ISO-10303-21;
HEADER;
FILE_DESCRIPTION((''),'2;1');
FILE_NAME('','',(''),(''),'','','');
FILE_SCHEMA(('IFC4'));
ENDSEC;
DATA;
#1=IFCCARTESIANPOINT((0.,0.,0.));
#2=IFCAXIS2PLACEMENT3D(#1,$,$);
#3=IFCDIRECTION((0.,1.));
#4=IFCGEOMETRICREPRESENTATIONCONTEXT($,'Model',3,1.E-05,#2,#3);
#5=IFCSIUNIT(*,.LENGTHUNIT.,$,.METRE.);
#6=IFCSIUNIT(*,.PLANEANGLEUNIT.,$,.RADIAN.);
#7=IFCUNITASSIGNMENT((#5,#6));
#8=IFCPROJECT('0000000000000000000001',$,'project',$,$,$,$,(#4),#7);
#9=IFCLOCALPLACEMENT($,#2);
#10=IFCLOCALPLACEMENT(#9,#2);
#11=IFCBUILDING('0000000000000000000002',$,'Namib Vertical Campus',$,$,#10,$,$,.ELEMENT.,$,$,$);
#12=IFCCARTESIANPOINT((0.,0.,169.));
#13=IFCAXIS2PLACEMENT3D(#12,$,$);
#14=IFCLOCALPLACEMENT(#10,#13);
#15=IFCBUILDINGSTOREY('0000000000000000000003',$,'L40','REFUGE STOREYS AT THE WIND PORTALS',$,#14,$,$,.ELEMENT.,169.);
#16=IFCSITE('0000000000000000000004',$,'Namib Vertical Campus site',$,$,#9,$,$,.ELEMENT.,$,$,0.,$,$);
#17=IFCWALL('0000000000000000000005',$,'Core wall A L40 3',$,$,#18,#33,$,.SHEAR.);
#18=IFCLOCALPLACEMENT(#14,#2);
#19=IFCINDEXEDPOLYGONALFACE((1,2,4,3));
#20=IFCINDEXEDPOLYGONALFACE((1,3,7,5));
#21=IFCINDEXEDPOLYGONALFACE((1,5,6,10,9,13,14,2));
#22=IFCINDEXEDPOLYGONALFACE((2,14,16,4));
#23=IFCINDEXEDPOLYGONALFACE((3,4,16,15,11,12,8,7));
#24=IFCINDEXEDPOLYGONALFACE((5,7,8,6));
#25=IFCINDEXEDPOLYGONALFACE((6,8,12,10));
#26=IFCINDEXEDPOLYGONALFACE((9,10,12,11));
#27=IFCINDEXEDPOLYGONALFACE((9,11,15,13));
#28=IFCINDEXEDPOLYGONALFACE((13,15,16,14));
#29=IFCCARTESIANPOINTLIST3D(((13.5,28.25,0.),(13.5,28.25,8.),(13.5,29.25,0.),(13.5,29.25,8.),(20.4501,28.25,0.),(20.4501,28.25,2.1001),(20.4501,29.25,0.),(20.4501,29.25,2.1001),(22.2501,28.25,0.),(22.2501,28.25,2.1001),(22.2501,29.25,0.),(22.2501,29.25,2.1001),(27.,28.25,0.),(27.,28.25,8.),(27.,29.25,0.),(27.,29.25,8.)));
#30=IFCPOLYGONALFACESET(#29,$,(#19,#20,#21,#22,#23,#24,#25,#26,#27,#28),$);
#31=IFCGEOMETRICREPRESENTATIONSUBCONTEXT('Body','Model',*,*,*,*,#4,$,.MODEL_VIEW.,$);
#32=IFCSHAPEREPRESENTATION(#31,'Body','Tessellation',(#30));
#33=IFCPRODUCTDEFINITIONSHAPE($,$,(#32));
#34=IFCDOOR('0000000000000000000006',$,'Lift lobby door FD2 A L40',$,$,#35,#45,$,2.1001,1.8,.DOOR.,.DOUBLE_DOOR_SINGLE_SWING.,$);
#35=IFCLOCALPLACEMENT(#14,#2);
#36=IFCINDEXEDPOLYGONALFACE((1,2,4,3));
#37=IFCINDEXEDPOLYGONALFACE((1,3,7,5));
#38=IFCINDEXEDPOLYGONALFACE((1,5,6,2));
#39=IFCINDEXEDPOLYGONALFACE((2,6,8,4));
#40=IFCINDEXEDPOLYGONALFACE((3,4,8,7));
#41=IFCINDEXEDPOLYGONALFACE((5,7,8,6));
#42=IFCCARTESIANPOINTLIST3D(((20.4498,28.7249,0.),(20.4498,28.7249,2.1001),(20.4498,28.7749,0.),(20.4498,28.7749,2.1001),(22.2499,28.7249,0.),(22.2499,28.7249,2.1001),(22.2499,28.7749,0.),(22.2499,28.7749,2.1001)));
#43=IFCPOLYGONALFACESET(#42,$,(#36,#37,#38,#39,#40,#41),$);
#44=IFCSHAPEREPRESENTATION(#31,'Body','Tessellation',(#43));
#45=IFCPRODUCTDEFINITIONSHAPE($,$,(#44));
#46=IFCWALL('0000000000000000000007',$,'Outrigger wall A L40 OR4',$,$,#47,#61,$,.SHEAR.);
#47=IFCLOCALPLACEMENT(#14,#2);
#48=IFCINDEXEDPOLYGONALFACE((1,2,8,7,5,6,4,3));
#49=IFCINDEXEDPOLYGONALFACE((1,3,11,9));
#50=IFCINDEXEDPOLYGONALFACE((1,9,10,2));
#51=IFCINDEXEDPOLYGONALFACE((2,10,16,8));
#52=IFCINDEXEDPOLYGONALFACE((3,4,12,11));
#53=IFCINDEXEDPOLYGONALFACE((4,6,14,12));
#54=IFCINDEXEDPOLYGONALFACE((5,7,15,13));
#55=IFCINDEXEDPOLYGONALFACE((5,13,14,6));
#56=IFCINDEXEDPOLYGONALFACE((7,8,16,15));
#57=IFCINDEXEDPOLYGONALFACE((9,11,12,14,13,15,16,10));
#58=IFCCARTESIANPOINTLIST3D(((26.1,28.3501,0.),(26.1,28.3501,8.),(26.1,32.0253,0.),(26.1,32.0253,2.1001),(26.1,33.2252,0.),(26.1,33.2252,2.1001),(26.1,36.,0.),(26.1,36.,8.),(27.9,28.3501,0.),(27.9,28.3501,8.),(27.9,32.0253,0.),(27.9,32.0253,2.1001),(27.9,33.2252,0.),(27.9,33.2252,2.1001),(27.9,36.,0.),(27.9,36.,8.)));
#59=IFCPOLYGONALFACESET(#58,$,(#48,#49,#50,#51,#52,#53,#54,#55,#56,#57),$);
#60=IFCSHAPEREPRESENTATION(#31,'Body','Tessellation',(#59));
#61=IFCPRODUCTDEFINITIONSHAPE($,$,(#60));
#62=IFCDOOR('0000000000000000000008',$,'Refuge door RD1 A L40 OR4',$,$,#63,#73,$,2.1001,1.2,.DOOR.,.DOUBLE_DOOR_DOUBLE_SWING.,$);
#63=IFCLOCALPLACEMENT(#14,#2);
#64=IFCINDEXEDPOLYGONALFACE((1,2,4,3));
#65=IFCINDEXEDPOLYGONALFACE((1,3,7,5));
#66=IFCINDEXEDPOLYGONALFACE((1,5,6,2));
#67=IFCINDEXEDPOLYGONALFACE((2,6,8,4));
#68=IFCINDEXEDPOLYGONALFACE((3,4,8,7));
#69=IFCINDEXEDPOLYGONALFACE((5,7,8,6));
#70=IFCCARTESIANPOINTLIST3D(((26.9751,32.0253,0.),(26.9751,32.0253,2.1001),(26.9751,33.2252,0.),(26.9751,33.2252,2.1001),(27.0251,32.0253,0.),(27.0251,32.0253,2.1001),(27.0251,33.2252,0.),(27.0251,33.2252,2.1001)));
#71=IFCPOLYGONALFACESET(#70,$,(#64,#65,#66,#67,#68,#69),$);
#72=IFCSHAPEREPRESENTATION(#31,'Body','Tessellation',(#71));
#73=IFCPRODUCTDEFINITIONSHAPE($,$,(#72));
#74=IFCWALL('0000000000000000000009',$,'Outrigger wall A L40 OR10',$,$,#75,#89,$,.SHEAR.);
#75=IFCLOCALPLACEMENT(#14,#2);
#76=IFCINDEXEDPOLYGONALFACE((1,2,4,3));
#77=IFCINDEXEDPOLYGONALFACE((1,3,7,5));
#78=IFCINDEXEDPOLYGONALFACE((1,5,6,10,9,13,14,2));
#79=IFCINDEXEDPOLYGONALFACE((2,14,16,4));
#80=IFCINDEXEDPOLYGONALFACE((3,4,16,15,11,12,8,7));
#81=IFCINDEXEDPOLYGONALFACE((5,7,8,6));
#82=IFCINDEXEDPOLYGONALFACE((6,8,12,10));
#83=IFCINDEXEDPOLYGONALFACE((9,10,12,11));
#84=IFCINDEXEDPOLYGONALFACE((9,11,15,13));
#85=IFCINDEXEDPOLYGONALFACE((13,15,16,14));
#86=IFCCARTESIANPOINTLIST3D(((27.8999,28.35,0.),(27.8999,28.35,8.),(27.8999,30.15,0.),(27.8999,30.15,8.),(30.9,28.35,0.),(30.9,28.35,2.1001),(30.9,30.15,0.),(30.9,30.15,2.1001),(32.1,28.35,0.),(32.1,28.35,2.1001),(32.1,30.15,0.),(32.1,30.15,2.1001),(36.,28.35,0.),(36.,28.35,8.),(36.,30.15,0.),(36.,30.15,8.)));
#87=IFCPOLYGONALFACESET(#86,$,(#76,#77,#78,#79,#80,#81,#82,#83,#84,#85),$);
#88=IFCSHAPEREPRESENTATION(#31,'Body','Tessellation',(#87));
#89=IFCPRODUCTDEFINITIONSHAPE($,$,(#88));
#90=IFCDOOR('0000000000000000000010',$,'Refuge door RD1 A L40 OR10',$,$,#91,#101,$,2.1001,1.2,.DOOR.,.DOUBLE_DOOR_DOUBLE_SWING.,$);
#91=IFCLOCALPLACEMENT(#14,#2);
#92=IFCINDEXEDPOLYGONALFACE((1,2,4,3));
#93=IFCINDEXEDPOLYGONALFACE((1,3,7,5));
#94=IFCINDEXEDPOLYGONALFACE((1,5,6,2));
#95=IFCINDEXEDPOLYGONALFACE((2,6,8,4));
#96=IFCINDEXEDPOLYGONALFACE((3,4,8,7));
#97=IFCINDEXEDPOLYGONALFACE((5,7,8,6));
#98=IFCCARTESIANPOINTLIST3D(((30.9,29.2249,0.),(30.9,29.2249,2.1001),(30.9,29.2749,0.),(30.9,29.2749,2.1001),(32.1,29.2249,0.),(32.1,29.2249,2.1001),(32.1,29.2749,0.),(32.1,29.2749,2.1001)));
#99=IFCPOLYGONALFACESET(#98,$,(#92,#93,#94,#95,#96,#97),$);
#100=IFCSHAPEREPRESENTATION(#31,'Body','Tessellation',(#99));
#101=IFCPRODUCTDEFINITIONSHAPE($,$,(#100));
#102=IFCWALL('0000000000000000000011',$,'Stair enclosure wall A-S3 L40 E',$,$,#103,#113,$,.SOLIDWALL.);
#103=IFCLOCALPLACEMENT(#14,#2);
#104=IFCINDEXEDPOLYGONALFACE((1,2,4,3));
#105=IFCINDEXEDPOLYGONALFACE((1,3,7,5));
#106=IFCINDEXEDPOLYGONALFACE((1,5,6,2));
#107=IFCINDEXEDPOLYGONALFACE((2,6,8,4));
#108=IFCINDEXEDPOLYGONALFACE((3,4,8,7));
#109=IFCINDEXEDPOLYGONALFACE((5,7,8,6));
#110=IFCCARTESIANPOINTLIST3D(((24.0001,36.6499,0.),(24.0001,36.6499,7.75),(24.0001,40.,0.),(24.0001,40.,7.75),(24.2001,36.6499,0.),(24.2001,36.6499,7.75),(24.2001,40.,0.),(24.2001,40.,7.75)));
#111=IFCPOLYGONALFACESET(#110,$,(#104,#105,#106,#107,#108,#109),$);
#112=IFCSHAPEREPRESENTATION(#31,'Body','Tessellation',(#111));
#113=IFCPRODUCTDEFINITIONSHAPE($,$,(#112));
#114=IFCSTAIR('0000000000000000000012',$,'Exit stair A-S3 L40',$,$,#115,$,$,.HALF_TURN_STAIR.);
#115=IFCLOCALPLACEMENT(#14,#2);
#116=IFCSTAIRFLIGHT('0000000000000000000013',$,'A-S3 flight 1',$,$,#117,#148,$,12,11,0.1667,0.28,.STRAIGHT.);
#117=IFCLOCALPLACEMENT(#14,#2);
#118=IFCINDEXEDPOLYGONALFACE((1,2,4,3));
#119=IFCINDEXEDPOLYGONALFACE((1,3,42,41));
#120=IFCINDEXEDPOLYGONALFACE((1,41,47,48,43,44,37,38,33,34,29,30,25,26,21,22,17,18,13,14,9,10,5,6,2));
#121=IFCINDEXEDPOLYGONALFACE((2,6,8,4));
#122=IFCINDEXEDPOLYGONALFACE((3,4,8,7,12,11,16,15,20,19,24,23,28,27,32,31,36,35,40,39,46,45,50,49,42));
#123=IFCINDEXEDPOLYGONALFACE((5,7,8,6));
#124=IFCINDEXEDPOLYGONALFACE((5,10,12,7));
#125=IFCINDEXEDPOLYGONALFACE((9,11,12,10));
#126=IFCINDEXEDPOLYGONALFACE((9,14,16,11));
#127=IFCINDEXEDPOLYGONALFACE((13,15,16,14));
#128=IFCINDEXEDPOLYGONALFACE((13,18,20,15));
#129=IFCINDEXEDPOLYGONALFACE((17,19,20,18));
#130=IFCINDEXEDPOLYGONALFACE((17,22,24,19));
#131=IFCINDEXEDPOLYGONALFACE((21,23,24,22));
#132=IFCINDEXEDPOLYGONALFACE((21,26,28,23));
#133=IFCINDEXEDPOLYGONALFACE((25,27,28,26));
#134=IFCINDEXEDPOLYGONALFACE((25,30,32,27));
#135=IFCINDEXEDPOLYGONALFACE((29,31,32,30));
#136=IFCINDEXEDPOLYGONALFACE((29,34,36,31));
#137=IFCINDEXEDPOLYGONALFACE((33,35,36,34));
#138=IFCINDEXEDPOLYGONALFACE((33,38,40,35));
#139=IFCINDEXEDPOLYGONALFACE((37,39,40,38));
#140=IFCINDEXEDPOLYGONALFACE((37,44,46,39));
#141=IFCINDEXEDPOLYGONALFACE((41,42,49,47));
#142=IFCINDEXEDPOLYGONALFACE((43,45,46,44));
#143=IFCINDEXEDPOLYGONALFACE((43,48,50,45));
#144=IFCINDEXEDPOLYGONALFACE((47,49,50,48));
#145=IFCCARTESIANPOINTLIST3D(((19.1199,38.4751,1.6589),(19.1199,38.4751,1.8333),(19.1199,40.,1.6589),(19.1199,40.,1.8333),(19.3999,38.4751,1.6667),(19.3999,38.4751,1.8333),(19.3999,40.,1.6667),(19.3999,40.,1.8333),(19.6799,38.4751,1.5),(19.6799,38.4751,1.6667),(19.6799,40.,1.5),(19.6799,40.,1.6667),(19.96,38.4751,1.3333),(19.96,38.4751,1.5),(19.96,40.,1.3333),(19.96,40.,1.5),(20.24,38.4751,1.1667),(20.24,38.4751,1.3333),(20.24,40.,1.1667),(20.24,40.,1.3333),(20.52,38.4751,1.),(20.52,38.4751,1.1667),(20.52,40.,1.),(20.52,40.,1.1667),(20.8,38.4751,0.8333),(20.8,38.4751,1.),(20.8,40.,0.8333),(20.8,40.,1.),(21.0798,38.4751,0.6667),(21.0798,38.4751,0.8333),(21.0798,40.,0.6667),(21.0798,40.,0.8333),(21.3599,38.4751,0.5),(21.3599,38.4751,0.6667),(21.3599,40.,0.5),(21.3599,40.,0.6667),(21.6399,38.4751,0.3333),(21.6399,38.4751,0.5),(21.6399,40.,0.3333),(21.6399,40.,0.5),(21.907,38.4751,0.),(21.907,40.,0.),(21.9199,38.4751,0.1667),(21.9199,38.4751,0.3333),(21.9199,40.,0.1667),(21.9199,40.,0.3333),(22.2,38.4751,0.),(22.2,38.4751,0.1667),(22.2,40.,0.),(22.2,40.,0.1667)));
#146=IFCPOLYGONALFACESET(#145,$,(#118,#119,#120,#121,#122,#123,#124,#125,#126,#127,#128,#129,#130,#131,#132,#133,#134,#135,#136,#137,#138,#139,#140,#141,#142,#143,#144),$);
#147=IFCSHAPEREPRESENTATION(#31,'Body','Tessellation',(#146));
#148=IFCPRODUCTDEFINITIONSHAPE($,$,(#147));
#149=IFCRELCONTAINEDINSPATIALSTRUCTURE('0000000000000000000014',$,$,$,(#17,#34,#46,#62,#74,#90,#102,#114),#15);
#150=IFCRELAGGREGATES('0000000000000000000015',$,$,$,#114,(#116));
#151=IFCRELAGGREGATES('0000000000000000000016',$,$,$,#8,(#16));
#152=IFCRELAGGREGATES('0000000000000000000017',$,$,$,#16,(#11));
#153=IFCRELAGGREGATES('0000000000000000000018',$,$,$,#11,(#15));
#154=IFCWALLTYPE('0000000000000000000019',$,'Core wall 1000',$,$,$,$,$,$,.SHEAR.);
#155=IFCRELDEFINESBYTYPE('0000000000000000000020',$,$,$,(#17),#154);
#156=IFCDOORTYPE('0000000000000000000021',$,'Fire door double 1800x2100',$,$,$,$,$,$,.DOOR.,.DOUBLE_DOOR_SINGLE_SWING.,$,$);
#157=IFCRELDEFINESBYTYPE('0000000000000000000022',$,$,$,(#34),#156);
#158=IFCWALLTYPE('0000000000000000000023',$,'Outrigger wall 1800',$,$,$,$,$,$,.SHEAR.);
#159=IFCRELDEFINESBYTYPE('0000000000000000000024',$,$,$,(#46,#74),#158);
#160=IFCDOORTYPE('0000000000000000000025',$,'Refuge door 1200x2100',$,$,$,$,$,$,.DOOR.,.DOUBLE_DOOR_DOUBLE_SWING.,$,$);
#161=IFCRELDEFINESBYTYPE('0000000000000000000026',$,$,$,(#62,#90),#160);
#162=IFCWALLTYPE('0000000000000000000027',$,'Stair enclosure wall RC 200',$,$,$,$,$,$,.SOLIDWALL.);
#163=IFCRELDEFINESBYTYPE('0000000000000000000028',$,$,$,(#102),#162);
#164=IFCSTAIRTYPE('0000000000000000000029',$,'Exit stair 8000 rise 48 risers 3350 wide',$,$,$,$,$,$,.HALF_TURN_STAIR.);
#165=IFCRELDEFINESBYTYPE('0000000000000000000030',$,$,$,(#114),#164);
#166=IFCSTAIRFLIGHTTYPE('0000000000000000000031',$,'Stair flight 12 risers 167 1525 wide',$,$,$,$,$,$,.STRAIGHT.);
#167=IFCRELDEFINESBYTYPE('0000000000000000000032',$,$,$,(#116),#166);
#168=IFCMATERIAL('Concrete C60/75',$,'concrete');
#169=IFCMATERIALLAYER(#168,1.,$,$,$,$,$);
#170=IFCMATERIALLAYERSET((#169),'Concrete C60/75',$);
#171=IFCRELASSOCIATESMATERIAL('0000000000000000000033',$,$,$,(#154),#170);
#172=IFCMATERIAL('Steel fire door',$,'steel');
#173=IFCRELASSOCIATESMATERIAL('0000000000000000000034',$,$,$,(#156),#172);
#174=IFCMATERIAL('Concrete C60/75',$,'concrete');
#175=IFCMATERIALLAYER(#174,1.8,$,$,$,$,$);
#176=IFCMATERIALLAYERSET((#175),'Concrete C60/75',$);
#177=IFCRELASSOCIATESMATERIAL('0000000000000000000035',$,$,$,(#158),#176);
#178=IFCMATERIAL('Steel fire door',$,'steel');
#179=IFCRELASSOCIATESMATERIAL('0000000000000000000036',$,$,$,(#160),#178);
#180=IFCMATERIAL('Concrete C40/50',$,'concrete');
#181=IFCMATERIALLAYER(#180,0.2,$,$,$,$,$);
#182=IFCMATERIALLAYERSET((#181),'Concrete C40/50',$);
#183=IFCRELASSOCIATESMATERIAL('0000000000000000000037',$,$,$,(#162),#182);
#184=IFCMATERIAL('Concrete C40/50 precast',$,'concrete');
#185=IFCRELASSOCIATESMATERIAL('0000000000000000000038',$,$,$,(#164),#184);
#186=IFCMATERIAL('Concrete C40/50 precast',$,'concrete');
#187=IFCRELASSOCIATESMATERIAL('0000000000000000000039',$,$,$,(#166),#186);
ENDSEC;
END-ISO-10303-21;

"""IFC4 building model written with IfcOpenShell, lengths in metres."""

from ifc_helpers import new_model, si_unit, direction, frame, frame_2d, origin, place, context, subcontext, project, spatial, polyline, rectangle, outline, extrude, material, layer, layer_set, type_object, element, fill, aggregate, save


model = new_model("IFC4")

# Units and contexts
model_context = context("Model", 3, precision=1e-05, world=origin(), true_north=direction((0.0, 1.0)))
body_context = subcontext(model_context, "Body", "Model", "MODEL_VIEW")
ifc_project = project(units=[si_unit("LENGTHUNIT", "METRE"), si_unit("PLANEANGLEUNIT", "RADIAN")], contexts=[model_context])

# Site, building, storey
site_placement = place(None, origin())
site = spatial("IfcSite", under=ifc_project, at=site_placement, Name="Namib Vertical Campus site", CompositionType="ELEMENT", RefElevation=0.0)
building_placement = place(site_placement, origin())
building = spatial("IfcBuilding", under=site, at=building_placement, Name="Namib Vertical Campus", CompositionType="ELEMENT")
storey_placement = place(building_placement, frame((0.0, 0.0, 169.0)))
storey = spatial("IfcBuildingStorey", under=building, at=storey_placement, Name="L40", Description="REFUGE STOREYS AT THE WIND PORTALS", CompositionType="ELEMENT", Elevation=169.0)

# Walls, openings, doors
ifc_material_1 = material(Name="Concrete C60/75", Category="concrete")
ifc_layer_1 = layer(ifc_material_1, 1.0)
ifc_layer_set_1 = layer_set([ifc_layer_1], Name="Concrete C60/75")
wall_type_1 = type_object("IfcWallType", Name="Core wall 1000", PredefinedType="SHEAR", material=ifc_layer_set_1)
wall_1_placement = place(storey_placement, frame((27.0, 28.75, 0.0), z_axis=(0.0, 0.0, 1.0), x_axis=(-1.0, 0.0, 0.0)))
wall_1 = element("IfcWall", 1, at=wall_1_placement, inside=storey, type_object=wall_type_1, Name="Core wall A L40 3", PredefinedType="SHEAR", context=body_context, shape_type="SweptSolid", body=[
    extrude(rectangle(XDim=13.5, YDim=1.0, at=frame_2d((6.75, 0.0))), origin(), (0.0, 0.0, 1.0), 8.0),
])
opening_1_placement = place(wall_1_placement, frame((4.75, 0.0, 0.0)))
opening_1 = element("IfcOpeningElement", 2, at=opening_1_placement, cuts=wall_1, PredefinedType="OPENING", context=body_context, shape_type="SweptSolid", body=[
    extrude(rectangle(XDim=1.8, YDim=2.1001, at=frame_2d((0.8999, 1.05))), frame((0.0, 0.51, 0.0), z_axis=(0.0, -1.0, 0.0), x_axis=(1.0, 0.0, 0.0)), (0.0, 0.0, 1.0), 1.02),
])
ifc_material_2 = material(Name="Steel fire door", Category="steel")
door_type_1 = type_object("IfcDoorType", Name="Fire door double 1800x2100", OperationType="DOUBLE_DOOR_SINGLE_SWING", PredefinedType="DOOR", material=ifc_material_2)
door_1_placement = place(opening_1_placement, frame((1.8, 0.0, 0.0), z_axis=(0.0, 0.0, 1.0), x_axis=(-1.0, 0.0, 0.0)))
door_1 = element("IfcDoor", 3, at=door_1_placement, inside=storey, type_object=door_type_1, Name="Lift lobby door FD2 A L40", OperationType="DOUBLE_DOOR_SINGLE_SWING", OverallHeight=2.1001, OverallWidth=1.8, PredefinedType="DOOR", context=body_context, shape_type="SweptSolid", body=[
    extrude(rectangle(XDim=1.8, YDim=2.1001, at=frame_2d((0.8999, 1.05))), frame((0.0, 0.0249, 0.0), z_axis=(0.0, -1.0, 0.0), x_axis=(1.0, 0.0, 0.0)), (0.0, 0.0, 1.0), 0.05),
])
fill(opening_1, door_1)
ifc_material_3 = material(Name="Concrete C60/75", Category="concrete")
ifc_layer_2 = layer(ifc_material_3, 1.8)
ifc_layer_set_2 = layer_set([ifc_layer_2], Name="Concrete C60/75")
wall_type_2 = type_object("IfcWallType", Name="Outrigger wall 1800", PredefinedType="SHEAR", material=ifc_layer_set_2)
wall_2_placement = place(storey_placement, frame((27.0, 28.3501, 0.0), z_axis=(0.0, 0.0, 1.0), x_axis=(0.0, 1.0, 0.0)))
wall_2 = element("IfcWall", 4, at=wall_2_placement, inside=storey, type_object=wall_type_2, Name="Outrigger wall A L40 OR4", PredefinedType="SHEAR", context=body_context, shape_type="SweptSolid", body=[
    extrude(rectangle(XDim=7.6499, YDim=1.8, at=frame_2d((3.825, 0.0))), origin(), (0.0, 0.0, 1.0), 8.0),
])
opening_2_placement = place(wall_2_placement, frame((3.675, 0.0, 0.0)))
opening_2 = element("IfcOpeningElement", 5, at=opening_2_placement, cuts=wall_2, PredefinedType="OPENING", context=body_context, shape_type="SweptSolid", body=[
    extrude(rectangle(XDim=1.2, YDim=2.1001, at=frame_2d((0.6001, 1.05))), frame((0.0, 0.9099, 0.0), z_axis=(0.0, -1.0, 0.0), x_axis=(1.0, 0.0, 0.0)), (0.0, 0.0, 1.0), 1.8201),
])
ifc_material_4 = material(Name="Steel fire door", Category="steel")
door_type_2 = type_object("IfcDoorType", Name="Refuge door 1200x2100", OperationType="DOUBLE_DOOR_DOUBLE_SWING", PredefinedType="DOOR", material=ifc_material_4)
door_2_placement = place(opening_2_placement, origin())
door_2 = element("IfcDoor", 6, at=door_2_placement, inside=storey, type_object=door_type_2, Name="Refuge door RD1 A L40 OR4", OperationType="DOUBLE_DOOR_DOUBLE_SWING", OverallHeight=2.1001, OverallWidth=1.2, PredefinedType="DOOR", context=body_context, shape_type="SweptSolid", body=[
    extrude(rectangle(XDim=1.2, YDim=2.1001, at=frame_2d((0.6001, 1.05))), frame((0.0, 0.0249, 0.0), z_axis=(0.0, -1.0, 0.0), x_axis=(1.0, 0.0, 0.0)), (0.0, 0.0, 1.0), 0.05),
])
fill(opening_2, door_2)
wall_3_placement = place(storey_placement, frame((27.8999, 29.25, 0.0), z_axis=(0.0, 0.0, 1.0), x_axis=(1.0, 0.0, 0.0)))
wall_3 = element("IfcWall", 7, at=wall_3_placement, inside=storey, type_object=wall_type_2, Name="Outrigger wall A L40 OR10", PredefinedType="SHEAR", context=body_context, shape_type="SweptSolid", body=[
    extrude(rectangle(XDim=8.1001, YDim=1.8, at=frame_2d((4.05, 0.0))), origin(), (0.0, 0.0, 1.0), 8.0),
])
opening_3_placement = place(wall_3_placement, frame((3.0, 0.0, 0.0)))
opening_3 = element("IfcOpeningElement", 8, at=opening_3_placement, cuts=wall_3, PredefinedType="OPENING", context=body_context, shape_type="SweptSolid", body=[
    extrude(rectangle(XDim=1.2, YDim=2.1001, at=frame_2d((0.6001, 1.05))), frame((0.0, 0.9099, 0.0), z_axis=(0.0, -1.0, 0.0), x_axis=(1.0, 0.0, 0.0)), (0.0, 0.0, 1.0), 1.8201),
])
door_3_placement = place(opening_3_placement, origin())
door_3 = element("IfcDoor", 9, at=door_3_placement, inside=storey, type_object=door_type_2, Name="Refuge door RD1 A L40 OR10", OperationType="DOUBLE_DOOR_DOUBLE_SWING", OverallHeight=2.1001, OverallWidth=1.2, PredefinedType="DOOR", context=body_context, shape_type="SweptSolid", body=[
    extrude(rectangle(XDim=1.2, YDim=2.1001, at=frame_2d((0.6001, 1.05))), frame((0.0, 0.0249, 0.0), z_axis=(0.0, -1.0, 0.0), x_axis=(1.0, 0.0, 0.0)), (0.0, 0.0, 1.0), 0.05),
])
fill(opening_3, door_3)

# Wall
ifc_material_5 = material(Name="Concrete C40/50", Category="concrete")
ifc_layer_3 = layer(ifc_material_5, 0.2)
ifc_layer_set_3 = layer_set([ifc_layer_3], Name="Concrete C40/50")
wall_type_3 = type_object("IfcWallType", Name="Stair enclosure wall RC 200", PredefinedType="SOLIDWALL", material=ifc_layer_set_3)
wall_4_placement = place(storey_placement, frame((24.1001, 36.6499, 0.0), z_axis=(0.0, 0.0, 1.0), x_axis=(0.0, 1.0, 0.0)))
element("IfcWall", 10, at=wall_4_placement, inside=storey, type_object=wall_type_3, Name="Stair enclosure wall A-S3 L40 E", PredefinedType="SOLIDWALL", context=body_context, shape_type="SweptSolid", body=[
    extrude(rectangle(XDim=3.3501, YDim=0.2, at=frame_2d((1.675, 0.0))), origin(), (0.0, 0.0, 1.0), 7.75),
])

# Stair, stair flight
ifc_material_6 = material(Name="Concrete C40/50 precast", Category="concrete")
stair_type = type_object("IfcStairType", Name="Exit stair 8000 rise 48 risers 3350 wide", PredefinedType="HALF_TURN_STAIR", material=ifc_material_6)
stair_placement = place(storey_placement, origin())
stair = element("IfcStair", 11, at=stair_placement, inside=storey, type_object=stair_type, Name="Exit stair A-S3 L40", PredefinedType="HALF_TURN_STAIR")
ifc_material_7 = material(Name="Concrete C40/50 precast", Category="concrete")
stair_flight_type = type_object("IfcStairFlightType", Name="Stair flight 12 risers 167 1525 wide", PredefinedType="STRAIGHT", material=ifc_material_7)
stair_flight_1_placement = place(storey_placement, frame((22.2, 39.2375, 0.0), z_axis=(0.0, 0.0, 1.0), x_axis=(-1.0, 0.0, 0.0)))
stair_flight_1 = element("IfcStairFlight", 12, at=stair_flight_1_placement, type_object=stair_flight_type, Name="A-S3 flight 1", NumberOfRisers=12, NumberOfTreads=11, PredefinedType="STRAIGHT", RiserHeight=0.1667, TreadLength=0.28, context=body_context, shape_type="SweptSolid", body=[
    extrude(outline(polyline([(0.0, 0.0), (0.0, 0.1667), (0.28, 0.1667), (0.28, 0.3333), (0.5601, 0.3333), (0.5601, 0.5), (0.8401, 0.5), (0.8401, 0.6667), (1.1201, 0.6667), (1.1201, 0.8333), (1.3999, 0.8333), (1.3999, 1.0), (1.6799, 1.0), (1.6799, 1.1667), (1.96, 1.1667), (1.96, 1.3333), (2.24, 1.3333), (2.24, 1.5), (2.52, 1.5), (2.52, 1.6667), (2.8, 1.6667), (2.8, 1.8333), (3.0801, 1.8333), (3.0801, 2.0), (3.0801, 1.6589), (0.293, 0.0), (0.0, 0.0)])), frame((0.0, 0.7625, 0.0), z_axis=(0.0, -1.0, 0.0), x_axis=(1.0, 0.0, 0.0)), (0.0, 0.0, 1.0), 1.5249),
])
aggregate(stair, [stair_flight_1])

save(model, "model.ifc")
